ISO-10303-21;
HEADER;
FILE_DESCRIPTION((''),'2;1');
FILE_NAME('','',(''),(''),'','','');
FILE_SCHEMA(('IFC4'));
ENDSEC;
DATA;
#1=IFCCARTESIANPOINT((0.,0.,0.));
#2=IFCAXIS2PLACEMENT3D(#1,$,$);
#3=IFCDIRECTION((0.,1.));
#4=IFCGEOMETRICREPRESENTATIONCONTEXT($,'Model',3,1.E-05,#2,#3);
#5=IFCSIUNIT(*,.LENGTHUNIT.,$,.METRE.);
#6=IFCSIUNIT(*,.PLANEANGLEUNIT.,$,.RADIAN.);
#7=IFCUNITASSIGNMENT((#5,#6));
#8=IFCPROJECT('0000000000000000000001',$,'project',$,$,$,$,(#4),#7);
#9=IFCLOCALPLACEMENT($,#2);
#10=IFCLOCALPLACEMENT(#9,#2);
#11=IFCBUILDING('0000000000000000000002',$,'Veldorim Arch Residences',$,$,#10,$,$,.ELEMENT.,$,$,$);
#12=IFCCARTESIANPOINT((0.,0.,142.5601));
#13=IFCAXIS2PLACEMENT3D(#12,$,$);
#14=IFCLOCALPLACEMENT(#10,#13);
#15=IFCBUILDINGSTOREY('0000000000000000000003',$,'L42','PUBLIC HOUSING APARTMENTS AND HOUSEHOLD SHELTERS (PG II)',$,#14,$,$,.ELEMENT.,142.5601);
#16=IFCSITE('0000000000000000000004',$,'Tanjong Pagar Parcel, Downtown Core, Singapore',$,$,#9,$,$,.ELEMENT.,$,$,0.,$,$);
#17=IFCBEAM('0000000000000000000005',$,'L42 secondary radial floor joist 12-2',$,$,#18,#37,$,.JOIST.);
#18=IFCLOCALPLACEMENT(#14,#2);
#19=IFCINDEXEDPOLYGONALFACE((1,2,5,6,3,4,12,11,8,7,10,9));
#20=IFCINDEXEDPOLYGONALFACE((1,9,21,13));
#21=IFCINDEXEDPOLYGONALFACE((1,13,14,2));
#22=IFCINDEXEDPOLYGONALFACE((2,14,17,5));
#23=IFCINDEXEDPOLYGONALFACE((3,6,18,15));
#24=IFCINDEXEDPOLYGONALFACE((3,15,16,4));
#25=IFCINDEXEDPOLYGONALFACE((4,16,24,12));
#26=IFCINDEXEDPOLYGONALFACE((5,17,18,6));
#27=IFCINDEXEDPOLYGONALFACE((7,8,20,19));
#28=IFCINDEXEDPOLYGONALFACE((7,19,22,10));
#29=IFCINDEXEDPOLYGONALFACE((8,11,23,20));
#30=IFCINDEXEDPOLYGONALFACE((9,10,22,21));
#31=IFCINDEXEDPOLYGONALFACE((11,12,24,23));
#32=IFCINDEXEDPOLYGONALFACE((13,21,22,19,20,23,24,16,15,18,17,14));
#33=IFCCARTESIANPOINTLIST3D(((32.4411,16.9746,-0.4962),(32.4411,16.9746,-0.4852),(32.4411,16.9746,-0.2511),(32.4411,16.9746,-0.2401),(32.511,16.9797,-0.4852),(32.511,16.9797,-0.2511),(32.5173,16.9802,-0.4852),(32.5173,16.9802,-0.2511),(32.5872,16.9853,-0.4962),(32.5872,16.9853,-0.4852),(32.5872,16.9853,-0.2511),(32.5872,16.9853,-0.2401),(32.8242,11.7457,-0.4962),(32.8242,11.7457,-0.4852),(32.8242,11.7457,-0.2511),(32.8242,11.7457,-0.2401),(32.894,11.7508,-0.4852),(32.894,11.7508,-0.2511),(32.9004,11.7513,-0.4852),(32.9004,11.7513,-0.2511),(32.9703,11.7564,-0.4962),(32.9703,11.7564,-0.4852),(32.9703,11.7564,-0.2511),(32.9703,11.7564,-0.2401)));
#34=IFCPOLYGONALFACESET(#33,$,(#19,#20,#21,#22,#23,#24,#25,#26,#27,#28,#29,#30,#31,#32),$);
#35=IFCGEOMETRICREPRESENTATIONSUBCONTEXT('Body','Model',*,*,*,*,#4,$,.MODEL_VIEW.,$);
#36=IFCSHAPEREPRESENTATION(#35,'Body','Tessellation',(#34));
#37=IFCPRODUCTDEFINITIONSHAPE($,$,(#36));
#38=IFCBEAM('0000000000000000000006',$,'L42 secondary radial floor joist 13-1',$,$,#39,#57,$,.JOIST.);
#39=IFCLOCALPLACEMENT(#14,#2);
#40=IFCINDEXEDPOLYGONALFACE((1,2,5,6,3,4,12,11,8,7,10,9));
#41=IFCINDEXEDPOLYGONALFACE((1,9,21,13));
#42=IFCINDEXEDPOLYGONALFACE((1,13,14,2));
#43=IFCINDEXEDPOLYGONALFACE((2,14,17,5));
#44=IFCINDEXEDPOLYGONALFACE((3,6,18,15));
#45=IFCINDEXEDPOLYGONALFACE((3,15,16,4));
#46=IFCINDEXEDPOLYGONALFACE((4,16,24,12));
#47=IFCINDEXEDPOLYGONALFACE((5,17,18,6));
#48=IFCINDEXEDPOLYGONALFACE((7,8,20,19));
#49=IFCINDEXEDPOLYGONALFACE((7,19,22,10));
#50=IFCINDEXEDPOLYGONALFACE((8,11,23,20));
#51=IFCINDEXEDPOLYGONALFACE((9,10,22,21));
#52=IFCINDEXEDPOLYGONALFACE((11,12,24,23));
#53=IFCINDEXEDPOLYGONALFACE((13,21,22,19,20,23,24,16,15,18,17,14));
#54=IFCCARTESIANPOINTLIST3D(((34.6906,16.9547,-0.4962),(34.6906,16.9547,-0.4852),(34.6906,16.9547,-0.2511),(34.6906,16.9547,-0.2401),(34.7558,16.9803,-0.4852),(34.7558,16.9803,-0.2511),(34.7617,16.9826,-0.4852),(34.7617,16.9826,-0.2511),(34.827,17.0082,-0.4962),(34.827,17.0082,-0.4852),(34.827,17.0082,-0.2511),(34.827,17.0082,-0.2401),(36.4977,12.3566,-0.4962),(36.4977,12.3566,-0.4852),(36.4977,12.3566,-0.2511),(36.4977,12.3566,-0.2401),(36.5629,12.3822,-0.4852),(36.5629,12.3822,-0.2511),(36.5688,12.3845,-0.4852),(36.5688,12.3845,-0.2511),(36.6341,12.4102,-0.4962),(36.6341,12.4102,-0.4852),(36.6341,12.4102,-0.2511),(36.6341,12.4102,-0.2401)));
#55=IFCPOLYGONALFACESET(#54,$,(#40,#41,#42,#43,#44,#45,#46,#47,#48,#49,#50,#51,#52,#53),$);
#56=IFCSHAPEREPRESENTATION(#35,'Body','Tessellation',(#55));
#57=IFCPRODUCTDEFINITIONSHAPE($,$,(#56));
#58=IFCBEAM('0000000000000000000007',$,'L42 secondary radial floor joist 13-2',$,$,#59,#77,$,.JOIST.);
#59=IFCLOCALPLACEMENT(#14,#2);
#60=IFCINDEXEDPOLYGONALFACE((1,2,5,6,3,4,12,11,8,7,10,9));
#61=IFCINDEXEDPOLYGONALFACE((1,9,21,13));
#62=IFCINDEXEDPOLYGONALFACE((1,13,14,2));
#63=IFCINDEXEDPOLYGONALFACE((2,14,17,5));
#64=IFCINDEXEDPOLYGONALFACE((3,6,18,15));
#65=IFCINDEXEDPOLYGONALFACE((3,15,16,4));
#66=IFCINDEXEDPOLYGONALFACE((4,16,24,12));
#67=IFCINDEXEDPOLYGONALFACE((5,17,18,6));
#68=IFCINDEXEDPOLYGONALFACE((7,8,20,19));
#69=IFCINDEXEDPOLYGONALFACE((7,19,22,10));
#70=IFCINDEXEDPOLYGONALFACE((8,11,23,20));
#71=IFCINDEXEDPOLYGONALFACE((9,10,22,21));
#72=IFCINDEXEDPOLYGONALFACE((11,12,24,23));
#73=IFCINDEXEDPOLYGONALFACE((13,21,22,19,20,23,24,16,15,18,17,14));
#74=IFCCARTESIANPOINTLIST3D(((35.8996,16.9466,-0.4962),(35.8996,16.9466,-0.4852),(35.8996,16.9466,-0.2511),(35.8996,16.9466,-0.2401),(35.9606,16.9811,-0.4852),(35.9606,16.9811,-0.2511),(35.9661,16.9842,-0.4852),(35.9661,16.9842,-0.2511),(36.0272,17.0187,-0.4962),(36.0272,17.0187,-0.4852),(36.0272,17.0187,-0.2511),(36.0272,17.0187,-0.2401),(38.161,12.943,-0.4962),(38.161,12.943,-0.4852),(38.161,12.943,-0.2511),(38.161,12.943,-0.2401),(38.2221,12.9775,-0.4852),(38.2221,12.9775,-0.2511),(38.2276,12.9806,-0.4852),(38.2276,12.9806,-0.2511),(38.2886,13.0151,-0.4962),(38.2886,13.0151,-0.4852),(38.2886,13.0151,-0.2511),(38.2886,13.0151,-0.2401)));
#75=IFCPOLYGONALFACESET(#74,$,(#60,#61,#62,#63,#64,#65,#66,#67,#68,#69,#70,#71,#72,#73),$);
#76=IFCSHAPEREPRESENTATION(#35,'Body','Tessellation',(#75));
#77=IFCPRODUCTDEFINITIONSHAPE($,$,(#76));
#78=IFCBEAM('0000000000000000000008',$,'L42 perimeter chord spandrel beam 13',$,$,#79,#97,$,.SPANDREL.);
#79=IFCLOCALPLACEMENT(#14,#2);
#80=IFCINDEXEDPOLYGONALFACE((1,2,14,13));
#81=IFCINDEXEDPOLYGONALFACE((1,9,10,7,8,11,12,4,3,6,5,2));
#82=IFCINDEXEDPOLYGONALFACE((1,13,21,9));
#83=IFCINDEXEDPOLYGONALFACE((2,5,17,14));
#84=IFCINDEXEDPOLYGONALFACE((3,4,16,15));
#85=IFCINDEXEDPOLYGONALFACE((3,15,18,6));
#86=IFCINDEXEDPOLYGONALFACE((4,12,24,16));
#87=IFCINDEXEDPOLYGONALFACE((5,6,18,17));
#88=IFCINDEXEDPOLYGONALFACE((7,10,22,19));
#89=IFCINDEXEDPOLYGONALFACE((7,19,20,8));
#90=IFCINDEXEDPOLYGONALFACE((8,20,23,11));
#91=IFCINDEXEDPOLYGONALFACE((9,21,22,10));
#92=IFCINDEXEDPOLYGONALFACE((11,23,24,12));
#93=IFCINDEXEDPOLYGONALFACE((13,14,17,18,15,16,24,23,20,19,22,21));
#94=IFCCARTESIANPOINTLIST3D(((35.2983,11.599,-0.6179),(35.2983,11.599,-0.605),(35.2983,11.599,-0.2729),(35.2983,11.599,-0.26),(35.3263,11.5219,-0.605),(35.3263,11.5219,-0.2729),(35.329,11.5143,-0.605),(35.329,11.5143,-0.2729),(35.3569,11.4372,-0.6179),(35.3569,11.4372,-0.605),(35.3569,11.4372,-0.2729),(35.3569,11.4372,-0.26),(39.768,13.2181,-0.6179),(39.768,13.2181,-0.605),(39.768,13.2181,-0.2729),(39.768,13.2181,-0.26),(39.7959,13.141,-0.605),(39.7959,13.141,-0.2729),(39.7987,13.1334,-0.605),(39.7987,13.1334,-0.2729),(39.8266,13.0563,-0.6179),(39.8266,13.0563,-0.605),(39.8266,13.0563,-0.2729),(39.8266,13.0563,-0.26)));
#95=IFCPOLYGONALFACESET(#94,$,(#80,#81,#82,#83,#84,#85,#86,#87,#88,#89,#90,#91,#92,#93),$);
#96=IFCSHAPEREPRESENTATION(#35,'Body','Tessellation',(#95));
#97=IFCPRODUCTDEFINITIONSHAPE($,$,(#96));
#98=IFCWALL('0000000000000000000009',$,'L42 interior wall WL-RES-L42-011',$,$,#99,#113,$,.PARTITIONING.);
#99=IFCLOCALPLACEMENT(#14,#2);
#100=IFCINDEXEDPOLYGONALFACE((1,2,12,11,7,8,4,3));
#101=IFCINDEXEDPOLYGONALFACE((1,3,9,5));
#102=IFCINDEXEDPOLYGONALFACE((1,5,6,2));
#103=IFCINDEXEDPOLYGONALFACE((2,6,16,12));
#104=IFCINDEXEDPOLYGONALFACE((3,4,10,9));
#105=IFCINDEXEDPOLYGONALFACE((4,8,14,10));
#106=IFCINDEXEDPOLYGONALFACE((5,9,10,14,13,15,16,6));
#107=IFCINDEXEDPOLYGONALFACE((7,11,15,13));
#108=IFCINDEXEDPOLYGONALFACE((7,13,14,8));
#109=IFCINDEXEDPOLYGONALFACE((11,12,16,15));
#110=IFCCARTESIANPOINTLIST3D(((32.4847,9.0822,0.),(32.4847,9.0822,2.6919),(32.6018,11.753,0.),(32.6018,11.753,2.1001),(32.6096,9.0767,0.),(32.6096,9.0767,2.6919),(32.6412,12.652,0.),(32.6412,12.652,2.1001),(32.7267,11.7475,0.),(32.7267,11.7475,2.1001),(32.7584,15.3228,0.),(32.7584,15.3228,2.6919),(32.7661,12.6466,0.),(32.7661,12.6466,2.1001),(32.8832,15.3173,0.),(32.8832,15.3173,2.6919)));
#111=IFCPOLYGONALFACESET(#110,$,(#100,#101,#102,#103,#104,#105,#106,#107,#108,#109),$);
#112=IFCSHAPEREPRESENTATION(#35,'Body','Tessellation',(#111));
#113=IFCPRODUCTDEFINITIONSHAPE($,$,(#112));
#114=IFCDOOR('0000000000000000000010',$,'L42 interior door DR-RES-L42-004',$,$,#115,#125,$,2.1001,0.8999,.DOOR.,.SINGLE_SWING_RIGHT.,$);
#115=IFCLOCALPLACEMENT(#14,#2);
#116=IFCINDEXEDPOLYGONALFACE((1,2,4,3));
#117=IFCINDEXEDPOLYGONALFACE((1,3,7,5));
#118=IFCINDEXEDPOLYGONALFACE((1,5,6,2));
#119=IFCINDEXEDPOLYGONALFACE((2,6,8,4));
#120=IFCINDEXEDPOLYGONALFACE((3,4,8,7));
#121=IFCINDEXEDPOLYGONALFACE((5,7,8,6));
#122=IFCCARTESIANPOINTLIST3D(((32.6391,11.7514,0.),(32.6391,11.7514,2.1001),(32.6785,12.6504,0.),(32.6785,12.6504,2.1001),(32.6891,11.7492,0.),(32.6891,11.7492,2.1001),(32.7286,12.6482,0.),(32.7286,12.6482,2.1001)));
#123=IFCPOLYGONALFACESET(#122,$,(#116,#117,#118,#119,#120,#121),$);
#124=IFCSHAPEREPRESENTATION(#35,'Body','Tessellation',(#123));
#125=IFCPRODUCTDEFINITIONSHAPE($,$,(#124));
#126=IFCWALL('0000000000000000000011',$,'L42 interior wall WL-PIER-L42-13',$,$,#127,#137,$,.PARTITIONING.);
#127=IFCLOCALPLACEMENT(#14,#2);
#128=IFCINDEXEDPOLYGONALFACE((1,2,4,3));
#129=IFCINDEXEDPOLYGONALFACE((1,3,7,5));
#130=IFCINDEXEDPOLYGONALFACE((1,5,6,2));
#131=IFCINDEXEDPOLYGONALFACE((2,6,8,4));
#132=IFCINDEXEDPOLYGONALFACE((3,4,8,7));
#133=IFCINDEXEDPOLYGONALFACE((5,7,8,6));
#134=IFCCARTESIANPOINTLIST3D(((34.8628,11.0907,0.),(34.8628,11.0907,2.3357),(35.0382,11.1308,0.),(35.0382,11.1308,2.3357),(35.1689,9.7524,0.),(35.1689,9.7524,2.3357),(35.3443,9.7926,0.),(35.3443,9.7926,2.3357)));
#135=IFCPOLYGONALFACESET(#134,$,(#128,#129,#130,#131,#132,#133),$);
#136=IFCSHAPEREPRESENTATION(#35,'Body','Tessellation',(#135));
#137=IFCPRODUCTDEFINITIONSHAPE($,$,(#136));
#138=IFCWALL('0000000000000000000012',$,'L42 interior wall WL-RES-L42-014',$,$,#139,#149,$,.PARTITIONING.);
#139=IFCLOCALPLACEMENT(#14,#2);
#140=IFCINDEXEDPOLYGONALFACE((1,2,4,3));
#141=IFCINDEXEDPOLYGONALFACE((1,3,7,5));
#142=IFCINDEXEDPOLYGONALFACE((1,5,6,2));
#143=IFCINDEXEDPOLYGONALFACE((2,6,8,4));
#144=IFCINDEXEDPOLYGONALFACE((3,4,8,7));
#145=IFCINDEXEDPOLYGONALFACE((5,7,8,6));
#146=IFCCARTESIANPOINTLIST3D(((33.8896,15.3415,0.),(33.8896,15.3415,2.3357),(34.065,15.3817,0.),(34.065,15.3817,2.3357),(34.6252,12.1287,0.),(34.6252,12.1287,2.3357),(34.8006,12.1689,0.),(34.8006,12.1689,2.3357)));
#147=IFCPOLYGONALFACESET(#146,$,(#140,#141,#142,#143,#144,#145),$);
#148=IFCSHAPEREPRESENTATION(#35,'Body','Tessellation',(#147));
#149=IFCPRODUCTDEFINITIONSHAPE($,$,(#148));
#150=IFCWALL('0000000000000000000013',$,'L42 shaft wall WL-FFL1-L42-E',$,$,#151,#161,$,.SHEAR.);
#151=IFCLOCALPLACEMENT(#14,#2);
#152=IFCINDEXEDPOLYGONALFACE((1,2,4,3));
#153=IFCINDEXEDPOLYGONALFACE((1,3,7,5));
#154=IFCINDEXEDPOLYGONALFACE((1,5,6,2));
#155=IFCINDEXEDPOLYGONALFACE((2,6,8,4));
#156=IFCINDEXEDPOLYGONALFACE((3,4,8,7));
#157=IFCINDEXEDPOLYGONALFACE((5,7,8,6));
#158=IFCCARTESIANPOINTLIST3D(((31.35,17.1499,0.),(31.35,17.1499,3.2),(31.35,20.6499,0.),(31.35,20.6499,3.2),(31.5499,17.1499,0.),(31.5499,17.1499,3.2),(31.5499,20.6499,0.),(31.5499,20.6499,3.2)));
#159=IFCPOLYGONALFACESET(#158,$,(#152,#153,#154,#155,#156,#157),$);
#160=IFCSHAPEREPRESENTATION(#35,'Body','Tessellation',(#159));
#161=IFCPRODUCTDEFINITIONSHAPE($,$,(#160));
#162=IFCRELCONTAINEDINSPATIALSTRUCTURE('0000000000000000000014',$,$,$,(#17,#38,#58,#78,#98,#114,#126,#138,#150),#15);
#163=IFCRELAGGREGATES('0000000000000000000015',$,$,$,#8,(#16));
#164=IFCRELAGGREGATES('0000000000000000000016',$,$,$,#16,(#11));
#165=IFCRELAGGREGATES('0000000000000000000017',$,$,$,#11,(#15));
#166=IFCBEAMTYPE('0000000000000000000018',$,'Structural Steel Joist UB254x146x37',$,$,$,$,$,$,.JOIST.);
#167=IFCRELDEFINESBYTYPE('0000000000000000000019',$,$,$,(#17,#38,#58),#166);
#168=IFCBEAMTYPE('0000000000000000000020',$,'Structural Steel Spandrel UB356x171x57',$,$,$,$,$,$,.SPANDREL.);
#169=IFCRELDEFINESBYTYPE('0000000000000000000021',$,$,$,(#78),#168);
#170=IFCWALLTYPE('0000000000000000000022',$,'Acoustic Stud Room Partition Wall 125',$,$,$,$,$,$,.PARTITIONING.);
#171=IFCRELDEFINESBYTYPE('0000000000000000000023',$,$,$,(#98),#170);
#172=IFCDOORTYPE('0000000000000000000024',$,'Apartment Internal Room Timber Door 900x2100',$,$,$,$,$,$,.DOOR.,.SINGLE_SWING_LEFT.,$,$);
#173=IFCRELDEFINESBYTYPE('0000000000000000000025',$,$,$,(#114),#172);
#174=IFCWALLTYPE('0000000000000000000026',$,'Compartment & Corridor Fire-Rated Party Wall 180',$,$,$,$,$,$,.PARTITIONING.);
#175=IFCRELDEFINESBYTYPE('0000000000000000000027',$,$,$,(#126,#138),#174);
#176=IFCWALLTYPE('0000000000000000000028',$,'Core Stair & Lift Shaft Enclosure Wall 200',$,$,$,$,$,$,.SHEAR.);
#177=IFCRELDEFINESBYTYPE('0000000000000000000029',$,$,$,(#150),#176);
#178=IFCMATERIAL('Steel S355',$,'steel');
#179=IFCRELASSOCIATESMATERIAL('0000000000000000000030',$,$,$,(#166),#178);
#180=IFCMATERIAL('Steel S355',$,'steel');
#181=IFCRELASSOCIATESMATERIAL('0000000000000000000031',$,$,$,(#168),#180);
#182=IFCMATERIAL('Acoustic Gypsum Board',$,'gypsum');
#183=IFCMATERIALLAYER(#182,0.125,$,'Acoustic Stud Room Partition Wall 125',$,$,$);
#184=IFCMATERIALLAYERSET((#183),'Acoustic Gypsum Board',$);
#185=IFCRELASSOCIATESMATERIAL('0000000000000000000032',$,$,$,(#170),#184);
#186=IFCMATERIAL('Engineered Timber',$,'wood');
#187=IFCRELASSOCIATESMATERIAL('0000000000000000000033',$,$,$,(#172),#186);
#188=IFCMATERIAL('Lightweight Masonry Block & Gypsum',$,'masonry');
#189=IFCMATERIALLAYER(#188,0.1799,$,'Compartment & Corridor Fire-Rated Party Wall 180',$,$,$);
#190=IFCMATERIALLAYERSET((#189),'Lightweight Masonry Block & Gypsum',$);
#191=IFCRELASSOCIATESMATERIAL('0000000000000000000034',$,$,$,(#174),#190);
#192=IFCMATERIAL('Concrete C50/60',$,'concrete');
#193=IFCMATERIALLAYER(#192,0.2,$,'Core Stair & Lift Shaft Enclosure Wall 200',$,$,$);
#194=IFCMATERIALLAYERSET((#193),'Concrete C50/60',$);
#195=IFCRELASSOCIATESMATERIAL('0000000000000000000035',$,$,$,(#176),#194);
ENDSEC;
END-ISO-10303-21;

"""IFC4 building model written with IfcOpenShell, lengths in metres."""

from ifc_helpers import new_model, si_unit, direction, frame, frame_2d, origin, origin_2d, place, context, subcontext, project, spatial, rectangle, i_section, extrude, material, layer, layer_set, material_profile, profile_set, type_object, element, fill, save


model = new_model("IFC4")

# Units and contexts
model_context = context("Model", 3, precision=1e-05, world=origin(), true_north=direction((0.0, 1.0)))
body_context = subcontext(model_context, "Body", "Model", "MODEL_VIEW")
ifc_project = project(units=[si_unit("LENGTHUNIT", "METRE"), si_unit("PLANEANGLEUNIT", "RADIAN")], contexts=[model_context])

# Site, building, storey
site_placement = place(None, origin())
site = spatial("IfcSite", under=ifc_project, at=site_placement, Name="Tanjong Pagar Parcel, Downtown Core, Singapore", CompositionType="ELEMENT", RefElevation=0.0)
building_placement = place(site_placement, origin())
building = spatial("IfcBuilding", under=site, at=building_placement, Name="Veldorim Arch Residences", CompositionType="ELEMENT")
storey_placement = place(building_placement, frame((0.0, 0.0, 142.5601)))
storey = spatial("IfcBuildingStorey", under=building, at=storey_placement, Name="L42", Description="PUBLIC HOUSING APARTMENTS AND HOUSEHOLD SHELTERS (PG II)", CompositionType="ELEMENT", Elevation=142.5601)

# Beams
ifc_material_1 = material(Name="Steel S355", Category="steel")
ifc_material_profile_1 = material_profile(ifc_material_1, i_section(OverallWidth=0.1465, OverallDepth=0.2561, WebThickness=0.0063, FlangeThickness=0.011, at=origin_2d()), Name="UB254x146x37")
ifc_profile_set_1 = profile_set([ifc_material_profile_1], Name="Steel S355")
beam_type_1 = type_object("IfcBeamType", Name="Structural Steel Joist UB254x146x37", PredefinedType="JOIST", material=ifc_profile_set_1)
for number, where, z_axis, x_axis, name in (
    (1, (32.5142, 16.98, -0.3682), (0.07306, -0.997328, 0.0), (0.997328, 0.07306, 0.0), "L42 secondary radial floor joist 12-2"),
):
    element("IfcBeam", number, at=place(storey_placement, frame(where, z_axis=z_axis, x_axis=x_axis)), inside=storey, type_object=beam_type_1, Name=name, PredefinedType="JOIST", context=body_context, shape_type="SweptSolid", body=[
        extrude(i_section(OverallWidth=0.1465, OverallDepth=0.2561, WebThickness=0.0063, FlangeThickness=0.011, at=origin_2d()), origin(), (0.0, 0.0, 1.0), 5.2429),
    ])
beam_1_placement = place(storey_placement, frame((34.7588, 16.9814, -0.3682), z_axis=(0.365778, -0.930702, 0.0), x_axis=(0.930702, 0.365778, 0.0)))
element("IfcBeam", 2, at=beam_1_placement, inside=storey, type_object=beam_type_1, Name="L42 secondary radial floor joist 13-1", PredefinedType="JOIST", context=body_context, shape_type="SweptSolid", body=[
    extrude(i_section(OverallWidth=0.1465, OverallDepth=0.2561, WebThickness=0.0063, FlangeThickness=0.011, at=origin_2d()), origin(), (0.0, 0.0, 1.0), 4.9404),
])
beam_2_placement = place(storey_placement, frame((35.9634, 16.9827, -0.3682), z_axis=(0.491816, -0.870699, 0.0), x_axis=(0.870699, 0.491816, 0.0)))
element("IfcBeam", 3, at=beam_2_placement, inside=storey, type_object=beam_type_1, Name="L42 secondary radial floor joist 13-2", PredefinedType="JOIST", context=body_context, shape_type="SweptSolid", body=[
    extrude(i_section(OverallWidth=0.1465, OverallDepth=0.2561, WebThickness=0.0063, FlangeThickness=0.011, at=origin_2d()), origin(), (0.0, 0.0, 1.0), 4.5981),
])
ifc_material_2 = material(Name="Steel S355", Category="steel")
ifc_material_profile_2 = material_profile(ifc_material_2, i_section(OverallWidth=0.1721, OverallDepth=0.3579, WebThickness=0.0081, FlangeThickness=0.0129, at=origin_2d()), Name="UB356x171x57")
ifc_profile_set_2 = profile_set([ifc_material_profile_2], Name="Steel S355")
beam_type_2 = type_object("IfcBeamType", Name="Structural Steel Spandrel UB356x171x57", PredefinedType="SPANDREL", material=ifc_profile_set_2)
beam_3_placement = place(storey_placement, frame((35.3276, 11.5181, -0.439), z_axis=(0.940213, 0.340588, 0.0), x_axis=(-0.340588, 0.940213, 0.0)))
element("IfcBeam", 4, at=beam_3_placement, inside=storey, type_object=beam_type_2, Name="L42 perimeter chord spandrel beam 13", PredefinedType="SPANDREL", context=body_context, shape_type="SweptSolid", body=[
    extrude(i_section(OverallWidth=0.1721, OverallDepth=0.3579, WebThickness=0.0081, FlangeThickness=0.0129, at=origin_2d()), origin(), (0.0, 0.0, 1.0), 4.7539),
])

# Wall, opening, door
ifc_material_3 = material(Name="Acoustic Gypsum Board", Category="gypsum")
ifc_layer_1 = layer(ifc_material_3, 0.125, Name="Acoustic Stud Room Partition Wall 125")
ifc_layer_set_1 = layer_set([ifc_layer_1], Name="Acoustic Gypsum Board")
wall_type_1 = type_object("IfcWallType", Name="Acoustic Stud Room Partition Wall 125", PredefinedType="PARTITIONING", material=ifc_layer_set_1)
wall_1_placement = place(storey_placement, frame((32.8208, 15.3201, 0.0), z_axis=(0.0, 0.0, 1.0), x_axis=(-0.043814, -0.99904, 0.0)))
wall_1 = element("IfcWall", 5, at=wall_1_placement, inside=storey, type_object=wall_type_1, Name="L42 interior wall WL-RES-L42-011", PredefinedType="PARTITIONING", context=body_context, shape_type="SweptSolid", body=[
    extrude(rectangle(XDim=6.2466, YDim=0.125, at=frame_2d((3.1233, 0.0))), origin(), (0.0, 0.0, 1.0), 2.6919),
])
opening_1_placement = place(wall_1_placement, frame((2.6733, 0.0, 0.0)))
opening_1 = element("IfcOpeningElement", 6, at=opening_1_placement, cuts=wall_1, PredefinedType="OPENING", context=body_context, shape_type="SweptSolid", body=[
    extrude(rectangle(XDim=0.8999, YDim=2.1001, at=frame_2d((0.45, 1.05))), frame((0.0, 0.0725, 0.0), z_axis=(0.0, -1.0, 0.0), x_axis=(1.0, 0.0, 0.0)), (0.0, 0.0, 1.0), 0.145),
])
ifc_material_4 = material(Name="Engineered Timber", Category="wood")
door_type_1 = type_object("IfcDoorType", Name="Apartment Internal Room Timber Door 900x2100", OperationType="SINGLE_SWING_LEFT", PredefinedType="DOOR", material=ifc_material_4)
door_1_placement = place(opening_1_placement, origin())
door_1 = element("IfcDoor", 7, at=door_1_placement, inside=storey, type_object=door_type_1, Name="L42 interior door DR-RES-L42-004", OperationType="SINGLE_SWING_RIGHT", OverallHeight=2.1001, OverallWidth=0.8999, PredefinedType="DOOR", context=body_context, shape_type="SweptSolid", body=[
    extrude(rectangle(XDim=0.8999, YDim=2.1001, at=frame_2d((0.45, 1.05))), frame((0.0, 0.0249, 0.0), z_axis=(0.0, -1.0, 0.0), x_axis=(1.0, 0.0, 0.0)), (0.0, 0.0, 1.0), 0.05),
])
fill(opening_1, door_1)

# Walls
ifc_material_5 = material(Name="Lightweight Masonry Block & Gypsum", Category="masonry")
ifc_layer_2 = layer(ifc_material_5, 0.1799, Name="Compartment & Corridor Fire-Rated Party Wall 180")
ifc_layer_set_2 = layer_set([ifc_layer_2], Name="Lightweight Masonry Block & Gypsum")
wall_type_2 = type_object("IfcWallType", Name="Compartment & Corridor Fire-Rated Party Wall 180", PredefinedType="PARTITIONING", material=ifc_layer_set_2)
wall_2_placement = place(storey_placement, frame((34.9504, 11.1108, 0.0), z_axis=(0.0, 0.0, 1.0), x_axis=(0.223028, -0.974812, 0.0)))
element("IfcWall", 8, at=wall_2_placement, inside=storey, type_object=wall_type_2, Name="L42 interior wall WL-PIER-L42-13", PredefinedType="PARTITIONING", context=body_context, shape_type="SweptSolid", body=[
    extrude(rectangle(XDim=1.3728, YDim=0.1799, at=frame_2d((0.6865, 0.0))), origin(), (0.0, 0.0, 1.0), 2.3357),
])
wall_3_placement = place(storey_placement, frame((33.9773, 15.3616, 0.0), z_axis=(0.0, 0.0, 1.0), x_axis=(0.223193, -0.974774, 0.0)))
element("IfcWall", 9, at=wall_3_placement, inside=storey, type_object=wall_type_2, Name="L42 interior wall WL-RES-L42-014", PredefinedType="PARTITIONING", context=body_context, shape_type="SweptSolid", body=[
    extrude(rectangle(XDim=3.2959, YDim=0.1799, at=frame_2d((1.6479, 0.0))), origin(), (0.0, 0.0, 1.0), 2.3357),
])
ifc_material_6 = material(Name="Concrete C50/60", Category="concrete")
ifc_layer_3 = layer(ifc_material_6, 0.2, Name="Core Stair & Lift Shaft Enclosure Wall 200")
ifc_layer_set_3 = layer_set([ifc_layer_3], Name="Concrete C50/60")
wall_type_3 = type_object("IfcWallType", Name="Core Stair & Lift Shaft Enclosure Wall 200", PredefinedType="SHEAR", material=ifc_layer_set_3)
wall_4_placement = place(storey_placement, frame((31.45, 17.1499, 0.0), z_axis=(0.0, 0.0, 1.0), x_axis=(0.0, 1.0, 0.0)))
element("IfcWall", 10, at=wall_4_placement, inside=storey, type_object=wall_type_3, Name="L42 shaft wall WL-FFL1-L42-E", PredefinedType="SHEAR", context=body_context, shape_type="SweptSolid", body=[
    extrude(rectangle(XDim=3.5, YDim=0.2, at=frame_2d((1.75, 0.0))), origin(), (0.0, 0.0, 1.0), 3.2),
])

save(model, "model.ifc")
